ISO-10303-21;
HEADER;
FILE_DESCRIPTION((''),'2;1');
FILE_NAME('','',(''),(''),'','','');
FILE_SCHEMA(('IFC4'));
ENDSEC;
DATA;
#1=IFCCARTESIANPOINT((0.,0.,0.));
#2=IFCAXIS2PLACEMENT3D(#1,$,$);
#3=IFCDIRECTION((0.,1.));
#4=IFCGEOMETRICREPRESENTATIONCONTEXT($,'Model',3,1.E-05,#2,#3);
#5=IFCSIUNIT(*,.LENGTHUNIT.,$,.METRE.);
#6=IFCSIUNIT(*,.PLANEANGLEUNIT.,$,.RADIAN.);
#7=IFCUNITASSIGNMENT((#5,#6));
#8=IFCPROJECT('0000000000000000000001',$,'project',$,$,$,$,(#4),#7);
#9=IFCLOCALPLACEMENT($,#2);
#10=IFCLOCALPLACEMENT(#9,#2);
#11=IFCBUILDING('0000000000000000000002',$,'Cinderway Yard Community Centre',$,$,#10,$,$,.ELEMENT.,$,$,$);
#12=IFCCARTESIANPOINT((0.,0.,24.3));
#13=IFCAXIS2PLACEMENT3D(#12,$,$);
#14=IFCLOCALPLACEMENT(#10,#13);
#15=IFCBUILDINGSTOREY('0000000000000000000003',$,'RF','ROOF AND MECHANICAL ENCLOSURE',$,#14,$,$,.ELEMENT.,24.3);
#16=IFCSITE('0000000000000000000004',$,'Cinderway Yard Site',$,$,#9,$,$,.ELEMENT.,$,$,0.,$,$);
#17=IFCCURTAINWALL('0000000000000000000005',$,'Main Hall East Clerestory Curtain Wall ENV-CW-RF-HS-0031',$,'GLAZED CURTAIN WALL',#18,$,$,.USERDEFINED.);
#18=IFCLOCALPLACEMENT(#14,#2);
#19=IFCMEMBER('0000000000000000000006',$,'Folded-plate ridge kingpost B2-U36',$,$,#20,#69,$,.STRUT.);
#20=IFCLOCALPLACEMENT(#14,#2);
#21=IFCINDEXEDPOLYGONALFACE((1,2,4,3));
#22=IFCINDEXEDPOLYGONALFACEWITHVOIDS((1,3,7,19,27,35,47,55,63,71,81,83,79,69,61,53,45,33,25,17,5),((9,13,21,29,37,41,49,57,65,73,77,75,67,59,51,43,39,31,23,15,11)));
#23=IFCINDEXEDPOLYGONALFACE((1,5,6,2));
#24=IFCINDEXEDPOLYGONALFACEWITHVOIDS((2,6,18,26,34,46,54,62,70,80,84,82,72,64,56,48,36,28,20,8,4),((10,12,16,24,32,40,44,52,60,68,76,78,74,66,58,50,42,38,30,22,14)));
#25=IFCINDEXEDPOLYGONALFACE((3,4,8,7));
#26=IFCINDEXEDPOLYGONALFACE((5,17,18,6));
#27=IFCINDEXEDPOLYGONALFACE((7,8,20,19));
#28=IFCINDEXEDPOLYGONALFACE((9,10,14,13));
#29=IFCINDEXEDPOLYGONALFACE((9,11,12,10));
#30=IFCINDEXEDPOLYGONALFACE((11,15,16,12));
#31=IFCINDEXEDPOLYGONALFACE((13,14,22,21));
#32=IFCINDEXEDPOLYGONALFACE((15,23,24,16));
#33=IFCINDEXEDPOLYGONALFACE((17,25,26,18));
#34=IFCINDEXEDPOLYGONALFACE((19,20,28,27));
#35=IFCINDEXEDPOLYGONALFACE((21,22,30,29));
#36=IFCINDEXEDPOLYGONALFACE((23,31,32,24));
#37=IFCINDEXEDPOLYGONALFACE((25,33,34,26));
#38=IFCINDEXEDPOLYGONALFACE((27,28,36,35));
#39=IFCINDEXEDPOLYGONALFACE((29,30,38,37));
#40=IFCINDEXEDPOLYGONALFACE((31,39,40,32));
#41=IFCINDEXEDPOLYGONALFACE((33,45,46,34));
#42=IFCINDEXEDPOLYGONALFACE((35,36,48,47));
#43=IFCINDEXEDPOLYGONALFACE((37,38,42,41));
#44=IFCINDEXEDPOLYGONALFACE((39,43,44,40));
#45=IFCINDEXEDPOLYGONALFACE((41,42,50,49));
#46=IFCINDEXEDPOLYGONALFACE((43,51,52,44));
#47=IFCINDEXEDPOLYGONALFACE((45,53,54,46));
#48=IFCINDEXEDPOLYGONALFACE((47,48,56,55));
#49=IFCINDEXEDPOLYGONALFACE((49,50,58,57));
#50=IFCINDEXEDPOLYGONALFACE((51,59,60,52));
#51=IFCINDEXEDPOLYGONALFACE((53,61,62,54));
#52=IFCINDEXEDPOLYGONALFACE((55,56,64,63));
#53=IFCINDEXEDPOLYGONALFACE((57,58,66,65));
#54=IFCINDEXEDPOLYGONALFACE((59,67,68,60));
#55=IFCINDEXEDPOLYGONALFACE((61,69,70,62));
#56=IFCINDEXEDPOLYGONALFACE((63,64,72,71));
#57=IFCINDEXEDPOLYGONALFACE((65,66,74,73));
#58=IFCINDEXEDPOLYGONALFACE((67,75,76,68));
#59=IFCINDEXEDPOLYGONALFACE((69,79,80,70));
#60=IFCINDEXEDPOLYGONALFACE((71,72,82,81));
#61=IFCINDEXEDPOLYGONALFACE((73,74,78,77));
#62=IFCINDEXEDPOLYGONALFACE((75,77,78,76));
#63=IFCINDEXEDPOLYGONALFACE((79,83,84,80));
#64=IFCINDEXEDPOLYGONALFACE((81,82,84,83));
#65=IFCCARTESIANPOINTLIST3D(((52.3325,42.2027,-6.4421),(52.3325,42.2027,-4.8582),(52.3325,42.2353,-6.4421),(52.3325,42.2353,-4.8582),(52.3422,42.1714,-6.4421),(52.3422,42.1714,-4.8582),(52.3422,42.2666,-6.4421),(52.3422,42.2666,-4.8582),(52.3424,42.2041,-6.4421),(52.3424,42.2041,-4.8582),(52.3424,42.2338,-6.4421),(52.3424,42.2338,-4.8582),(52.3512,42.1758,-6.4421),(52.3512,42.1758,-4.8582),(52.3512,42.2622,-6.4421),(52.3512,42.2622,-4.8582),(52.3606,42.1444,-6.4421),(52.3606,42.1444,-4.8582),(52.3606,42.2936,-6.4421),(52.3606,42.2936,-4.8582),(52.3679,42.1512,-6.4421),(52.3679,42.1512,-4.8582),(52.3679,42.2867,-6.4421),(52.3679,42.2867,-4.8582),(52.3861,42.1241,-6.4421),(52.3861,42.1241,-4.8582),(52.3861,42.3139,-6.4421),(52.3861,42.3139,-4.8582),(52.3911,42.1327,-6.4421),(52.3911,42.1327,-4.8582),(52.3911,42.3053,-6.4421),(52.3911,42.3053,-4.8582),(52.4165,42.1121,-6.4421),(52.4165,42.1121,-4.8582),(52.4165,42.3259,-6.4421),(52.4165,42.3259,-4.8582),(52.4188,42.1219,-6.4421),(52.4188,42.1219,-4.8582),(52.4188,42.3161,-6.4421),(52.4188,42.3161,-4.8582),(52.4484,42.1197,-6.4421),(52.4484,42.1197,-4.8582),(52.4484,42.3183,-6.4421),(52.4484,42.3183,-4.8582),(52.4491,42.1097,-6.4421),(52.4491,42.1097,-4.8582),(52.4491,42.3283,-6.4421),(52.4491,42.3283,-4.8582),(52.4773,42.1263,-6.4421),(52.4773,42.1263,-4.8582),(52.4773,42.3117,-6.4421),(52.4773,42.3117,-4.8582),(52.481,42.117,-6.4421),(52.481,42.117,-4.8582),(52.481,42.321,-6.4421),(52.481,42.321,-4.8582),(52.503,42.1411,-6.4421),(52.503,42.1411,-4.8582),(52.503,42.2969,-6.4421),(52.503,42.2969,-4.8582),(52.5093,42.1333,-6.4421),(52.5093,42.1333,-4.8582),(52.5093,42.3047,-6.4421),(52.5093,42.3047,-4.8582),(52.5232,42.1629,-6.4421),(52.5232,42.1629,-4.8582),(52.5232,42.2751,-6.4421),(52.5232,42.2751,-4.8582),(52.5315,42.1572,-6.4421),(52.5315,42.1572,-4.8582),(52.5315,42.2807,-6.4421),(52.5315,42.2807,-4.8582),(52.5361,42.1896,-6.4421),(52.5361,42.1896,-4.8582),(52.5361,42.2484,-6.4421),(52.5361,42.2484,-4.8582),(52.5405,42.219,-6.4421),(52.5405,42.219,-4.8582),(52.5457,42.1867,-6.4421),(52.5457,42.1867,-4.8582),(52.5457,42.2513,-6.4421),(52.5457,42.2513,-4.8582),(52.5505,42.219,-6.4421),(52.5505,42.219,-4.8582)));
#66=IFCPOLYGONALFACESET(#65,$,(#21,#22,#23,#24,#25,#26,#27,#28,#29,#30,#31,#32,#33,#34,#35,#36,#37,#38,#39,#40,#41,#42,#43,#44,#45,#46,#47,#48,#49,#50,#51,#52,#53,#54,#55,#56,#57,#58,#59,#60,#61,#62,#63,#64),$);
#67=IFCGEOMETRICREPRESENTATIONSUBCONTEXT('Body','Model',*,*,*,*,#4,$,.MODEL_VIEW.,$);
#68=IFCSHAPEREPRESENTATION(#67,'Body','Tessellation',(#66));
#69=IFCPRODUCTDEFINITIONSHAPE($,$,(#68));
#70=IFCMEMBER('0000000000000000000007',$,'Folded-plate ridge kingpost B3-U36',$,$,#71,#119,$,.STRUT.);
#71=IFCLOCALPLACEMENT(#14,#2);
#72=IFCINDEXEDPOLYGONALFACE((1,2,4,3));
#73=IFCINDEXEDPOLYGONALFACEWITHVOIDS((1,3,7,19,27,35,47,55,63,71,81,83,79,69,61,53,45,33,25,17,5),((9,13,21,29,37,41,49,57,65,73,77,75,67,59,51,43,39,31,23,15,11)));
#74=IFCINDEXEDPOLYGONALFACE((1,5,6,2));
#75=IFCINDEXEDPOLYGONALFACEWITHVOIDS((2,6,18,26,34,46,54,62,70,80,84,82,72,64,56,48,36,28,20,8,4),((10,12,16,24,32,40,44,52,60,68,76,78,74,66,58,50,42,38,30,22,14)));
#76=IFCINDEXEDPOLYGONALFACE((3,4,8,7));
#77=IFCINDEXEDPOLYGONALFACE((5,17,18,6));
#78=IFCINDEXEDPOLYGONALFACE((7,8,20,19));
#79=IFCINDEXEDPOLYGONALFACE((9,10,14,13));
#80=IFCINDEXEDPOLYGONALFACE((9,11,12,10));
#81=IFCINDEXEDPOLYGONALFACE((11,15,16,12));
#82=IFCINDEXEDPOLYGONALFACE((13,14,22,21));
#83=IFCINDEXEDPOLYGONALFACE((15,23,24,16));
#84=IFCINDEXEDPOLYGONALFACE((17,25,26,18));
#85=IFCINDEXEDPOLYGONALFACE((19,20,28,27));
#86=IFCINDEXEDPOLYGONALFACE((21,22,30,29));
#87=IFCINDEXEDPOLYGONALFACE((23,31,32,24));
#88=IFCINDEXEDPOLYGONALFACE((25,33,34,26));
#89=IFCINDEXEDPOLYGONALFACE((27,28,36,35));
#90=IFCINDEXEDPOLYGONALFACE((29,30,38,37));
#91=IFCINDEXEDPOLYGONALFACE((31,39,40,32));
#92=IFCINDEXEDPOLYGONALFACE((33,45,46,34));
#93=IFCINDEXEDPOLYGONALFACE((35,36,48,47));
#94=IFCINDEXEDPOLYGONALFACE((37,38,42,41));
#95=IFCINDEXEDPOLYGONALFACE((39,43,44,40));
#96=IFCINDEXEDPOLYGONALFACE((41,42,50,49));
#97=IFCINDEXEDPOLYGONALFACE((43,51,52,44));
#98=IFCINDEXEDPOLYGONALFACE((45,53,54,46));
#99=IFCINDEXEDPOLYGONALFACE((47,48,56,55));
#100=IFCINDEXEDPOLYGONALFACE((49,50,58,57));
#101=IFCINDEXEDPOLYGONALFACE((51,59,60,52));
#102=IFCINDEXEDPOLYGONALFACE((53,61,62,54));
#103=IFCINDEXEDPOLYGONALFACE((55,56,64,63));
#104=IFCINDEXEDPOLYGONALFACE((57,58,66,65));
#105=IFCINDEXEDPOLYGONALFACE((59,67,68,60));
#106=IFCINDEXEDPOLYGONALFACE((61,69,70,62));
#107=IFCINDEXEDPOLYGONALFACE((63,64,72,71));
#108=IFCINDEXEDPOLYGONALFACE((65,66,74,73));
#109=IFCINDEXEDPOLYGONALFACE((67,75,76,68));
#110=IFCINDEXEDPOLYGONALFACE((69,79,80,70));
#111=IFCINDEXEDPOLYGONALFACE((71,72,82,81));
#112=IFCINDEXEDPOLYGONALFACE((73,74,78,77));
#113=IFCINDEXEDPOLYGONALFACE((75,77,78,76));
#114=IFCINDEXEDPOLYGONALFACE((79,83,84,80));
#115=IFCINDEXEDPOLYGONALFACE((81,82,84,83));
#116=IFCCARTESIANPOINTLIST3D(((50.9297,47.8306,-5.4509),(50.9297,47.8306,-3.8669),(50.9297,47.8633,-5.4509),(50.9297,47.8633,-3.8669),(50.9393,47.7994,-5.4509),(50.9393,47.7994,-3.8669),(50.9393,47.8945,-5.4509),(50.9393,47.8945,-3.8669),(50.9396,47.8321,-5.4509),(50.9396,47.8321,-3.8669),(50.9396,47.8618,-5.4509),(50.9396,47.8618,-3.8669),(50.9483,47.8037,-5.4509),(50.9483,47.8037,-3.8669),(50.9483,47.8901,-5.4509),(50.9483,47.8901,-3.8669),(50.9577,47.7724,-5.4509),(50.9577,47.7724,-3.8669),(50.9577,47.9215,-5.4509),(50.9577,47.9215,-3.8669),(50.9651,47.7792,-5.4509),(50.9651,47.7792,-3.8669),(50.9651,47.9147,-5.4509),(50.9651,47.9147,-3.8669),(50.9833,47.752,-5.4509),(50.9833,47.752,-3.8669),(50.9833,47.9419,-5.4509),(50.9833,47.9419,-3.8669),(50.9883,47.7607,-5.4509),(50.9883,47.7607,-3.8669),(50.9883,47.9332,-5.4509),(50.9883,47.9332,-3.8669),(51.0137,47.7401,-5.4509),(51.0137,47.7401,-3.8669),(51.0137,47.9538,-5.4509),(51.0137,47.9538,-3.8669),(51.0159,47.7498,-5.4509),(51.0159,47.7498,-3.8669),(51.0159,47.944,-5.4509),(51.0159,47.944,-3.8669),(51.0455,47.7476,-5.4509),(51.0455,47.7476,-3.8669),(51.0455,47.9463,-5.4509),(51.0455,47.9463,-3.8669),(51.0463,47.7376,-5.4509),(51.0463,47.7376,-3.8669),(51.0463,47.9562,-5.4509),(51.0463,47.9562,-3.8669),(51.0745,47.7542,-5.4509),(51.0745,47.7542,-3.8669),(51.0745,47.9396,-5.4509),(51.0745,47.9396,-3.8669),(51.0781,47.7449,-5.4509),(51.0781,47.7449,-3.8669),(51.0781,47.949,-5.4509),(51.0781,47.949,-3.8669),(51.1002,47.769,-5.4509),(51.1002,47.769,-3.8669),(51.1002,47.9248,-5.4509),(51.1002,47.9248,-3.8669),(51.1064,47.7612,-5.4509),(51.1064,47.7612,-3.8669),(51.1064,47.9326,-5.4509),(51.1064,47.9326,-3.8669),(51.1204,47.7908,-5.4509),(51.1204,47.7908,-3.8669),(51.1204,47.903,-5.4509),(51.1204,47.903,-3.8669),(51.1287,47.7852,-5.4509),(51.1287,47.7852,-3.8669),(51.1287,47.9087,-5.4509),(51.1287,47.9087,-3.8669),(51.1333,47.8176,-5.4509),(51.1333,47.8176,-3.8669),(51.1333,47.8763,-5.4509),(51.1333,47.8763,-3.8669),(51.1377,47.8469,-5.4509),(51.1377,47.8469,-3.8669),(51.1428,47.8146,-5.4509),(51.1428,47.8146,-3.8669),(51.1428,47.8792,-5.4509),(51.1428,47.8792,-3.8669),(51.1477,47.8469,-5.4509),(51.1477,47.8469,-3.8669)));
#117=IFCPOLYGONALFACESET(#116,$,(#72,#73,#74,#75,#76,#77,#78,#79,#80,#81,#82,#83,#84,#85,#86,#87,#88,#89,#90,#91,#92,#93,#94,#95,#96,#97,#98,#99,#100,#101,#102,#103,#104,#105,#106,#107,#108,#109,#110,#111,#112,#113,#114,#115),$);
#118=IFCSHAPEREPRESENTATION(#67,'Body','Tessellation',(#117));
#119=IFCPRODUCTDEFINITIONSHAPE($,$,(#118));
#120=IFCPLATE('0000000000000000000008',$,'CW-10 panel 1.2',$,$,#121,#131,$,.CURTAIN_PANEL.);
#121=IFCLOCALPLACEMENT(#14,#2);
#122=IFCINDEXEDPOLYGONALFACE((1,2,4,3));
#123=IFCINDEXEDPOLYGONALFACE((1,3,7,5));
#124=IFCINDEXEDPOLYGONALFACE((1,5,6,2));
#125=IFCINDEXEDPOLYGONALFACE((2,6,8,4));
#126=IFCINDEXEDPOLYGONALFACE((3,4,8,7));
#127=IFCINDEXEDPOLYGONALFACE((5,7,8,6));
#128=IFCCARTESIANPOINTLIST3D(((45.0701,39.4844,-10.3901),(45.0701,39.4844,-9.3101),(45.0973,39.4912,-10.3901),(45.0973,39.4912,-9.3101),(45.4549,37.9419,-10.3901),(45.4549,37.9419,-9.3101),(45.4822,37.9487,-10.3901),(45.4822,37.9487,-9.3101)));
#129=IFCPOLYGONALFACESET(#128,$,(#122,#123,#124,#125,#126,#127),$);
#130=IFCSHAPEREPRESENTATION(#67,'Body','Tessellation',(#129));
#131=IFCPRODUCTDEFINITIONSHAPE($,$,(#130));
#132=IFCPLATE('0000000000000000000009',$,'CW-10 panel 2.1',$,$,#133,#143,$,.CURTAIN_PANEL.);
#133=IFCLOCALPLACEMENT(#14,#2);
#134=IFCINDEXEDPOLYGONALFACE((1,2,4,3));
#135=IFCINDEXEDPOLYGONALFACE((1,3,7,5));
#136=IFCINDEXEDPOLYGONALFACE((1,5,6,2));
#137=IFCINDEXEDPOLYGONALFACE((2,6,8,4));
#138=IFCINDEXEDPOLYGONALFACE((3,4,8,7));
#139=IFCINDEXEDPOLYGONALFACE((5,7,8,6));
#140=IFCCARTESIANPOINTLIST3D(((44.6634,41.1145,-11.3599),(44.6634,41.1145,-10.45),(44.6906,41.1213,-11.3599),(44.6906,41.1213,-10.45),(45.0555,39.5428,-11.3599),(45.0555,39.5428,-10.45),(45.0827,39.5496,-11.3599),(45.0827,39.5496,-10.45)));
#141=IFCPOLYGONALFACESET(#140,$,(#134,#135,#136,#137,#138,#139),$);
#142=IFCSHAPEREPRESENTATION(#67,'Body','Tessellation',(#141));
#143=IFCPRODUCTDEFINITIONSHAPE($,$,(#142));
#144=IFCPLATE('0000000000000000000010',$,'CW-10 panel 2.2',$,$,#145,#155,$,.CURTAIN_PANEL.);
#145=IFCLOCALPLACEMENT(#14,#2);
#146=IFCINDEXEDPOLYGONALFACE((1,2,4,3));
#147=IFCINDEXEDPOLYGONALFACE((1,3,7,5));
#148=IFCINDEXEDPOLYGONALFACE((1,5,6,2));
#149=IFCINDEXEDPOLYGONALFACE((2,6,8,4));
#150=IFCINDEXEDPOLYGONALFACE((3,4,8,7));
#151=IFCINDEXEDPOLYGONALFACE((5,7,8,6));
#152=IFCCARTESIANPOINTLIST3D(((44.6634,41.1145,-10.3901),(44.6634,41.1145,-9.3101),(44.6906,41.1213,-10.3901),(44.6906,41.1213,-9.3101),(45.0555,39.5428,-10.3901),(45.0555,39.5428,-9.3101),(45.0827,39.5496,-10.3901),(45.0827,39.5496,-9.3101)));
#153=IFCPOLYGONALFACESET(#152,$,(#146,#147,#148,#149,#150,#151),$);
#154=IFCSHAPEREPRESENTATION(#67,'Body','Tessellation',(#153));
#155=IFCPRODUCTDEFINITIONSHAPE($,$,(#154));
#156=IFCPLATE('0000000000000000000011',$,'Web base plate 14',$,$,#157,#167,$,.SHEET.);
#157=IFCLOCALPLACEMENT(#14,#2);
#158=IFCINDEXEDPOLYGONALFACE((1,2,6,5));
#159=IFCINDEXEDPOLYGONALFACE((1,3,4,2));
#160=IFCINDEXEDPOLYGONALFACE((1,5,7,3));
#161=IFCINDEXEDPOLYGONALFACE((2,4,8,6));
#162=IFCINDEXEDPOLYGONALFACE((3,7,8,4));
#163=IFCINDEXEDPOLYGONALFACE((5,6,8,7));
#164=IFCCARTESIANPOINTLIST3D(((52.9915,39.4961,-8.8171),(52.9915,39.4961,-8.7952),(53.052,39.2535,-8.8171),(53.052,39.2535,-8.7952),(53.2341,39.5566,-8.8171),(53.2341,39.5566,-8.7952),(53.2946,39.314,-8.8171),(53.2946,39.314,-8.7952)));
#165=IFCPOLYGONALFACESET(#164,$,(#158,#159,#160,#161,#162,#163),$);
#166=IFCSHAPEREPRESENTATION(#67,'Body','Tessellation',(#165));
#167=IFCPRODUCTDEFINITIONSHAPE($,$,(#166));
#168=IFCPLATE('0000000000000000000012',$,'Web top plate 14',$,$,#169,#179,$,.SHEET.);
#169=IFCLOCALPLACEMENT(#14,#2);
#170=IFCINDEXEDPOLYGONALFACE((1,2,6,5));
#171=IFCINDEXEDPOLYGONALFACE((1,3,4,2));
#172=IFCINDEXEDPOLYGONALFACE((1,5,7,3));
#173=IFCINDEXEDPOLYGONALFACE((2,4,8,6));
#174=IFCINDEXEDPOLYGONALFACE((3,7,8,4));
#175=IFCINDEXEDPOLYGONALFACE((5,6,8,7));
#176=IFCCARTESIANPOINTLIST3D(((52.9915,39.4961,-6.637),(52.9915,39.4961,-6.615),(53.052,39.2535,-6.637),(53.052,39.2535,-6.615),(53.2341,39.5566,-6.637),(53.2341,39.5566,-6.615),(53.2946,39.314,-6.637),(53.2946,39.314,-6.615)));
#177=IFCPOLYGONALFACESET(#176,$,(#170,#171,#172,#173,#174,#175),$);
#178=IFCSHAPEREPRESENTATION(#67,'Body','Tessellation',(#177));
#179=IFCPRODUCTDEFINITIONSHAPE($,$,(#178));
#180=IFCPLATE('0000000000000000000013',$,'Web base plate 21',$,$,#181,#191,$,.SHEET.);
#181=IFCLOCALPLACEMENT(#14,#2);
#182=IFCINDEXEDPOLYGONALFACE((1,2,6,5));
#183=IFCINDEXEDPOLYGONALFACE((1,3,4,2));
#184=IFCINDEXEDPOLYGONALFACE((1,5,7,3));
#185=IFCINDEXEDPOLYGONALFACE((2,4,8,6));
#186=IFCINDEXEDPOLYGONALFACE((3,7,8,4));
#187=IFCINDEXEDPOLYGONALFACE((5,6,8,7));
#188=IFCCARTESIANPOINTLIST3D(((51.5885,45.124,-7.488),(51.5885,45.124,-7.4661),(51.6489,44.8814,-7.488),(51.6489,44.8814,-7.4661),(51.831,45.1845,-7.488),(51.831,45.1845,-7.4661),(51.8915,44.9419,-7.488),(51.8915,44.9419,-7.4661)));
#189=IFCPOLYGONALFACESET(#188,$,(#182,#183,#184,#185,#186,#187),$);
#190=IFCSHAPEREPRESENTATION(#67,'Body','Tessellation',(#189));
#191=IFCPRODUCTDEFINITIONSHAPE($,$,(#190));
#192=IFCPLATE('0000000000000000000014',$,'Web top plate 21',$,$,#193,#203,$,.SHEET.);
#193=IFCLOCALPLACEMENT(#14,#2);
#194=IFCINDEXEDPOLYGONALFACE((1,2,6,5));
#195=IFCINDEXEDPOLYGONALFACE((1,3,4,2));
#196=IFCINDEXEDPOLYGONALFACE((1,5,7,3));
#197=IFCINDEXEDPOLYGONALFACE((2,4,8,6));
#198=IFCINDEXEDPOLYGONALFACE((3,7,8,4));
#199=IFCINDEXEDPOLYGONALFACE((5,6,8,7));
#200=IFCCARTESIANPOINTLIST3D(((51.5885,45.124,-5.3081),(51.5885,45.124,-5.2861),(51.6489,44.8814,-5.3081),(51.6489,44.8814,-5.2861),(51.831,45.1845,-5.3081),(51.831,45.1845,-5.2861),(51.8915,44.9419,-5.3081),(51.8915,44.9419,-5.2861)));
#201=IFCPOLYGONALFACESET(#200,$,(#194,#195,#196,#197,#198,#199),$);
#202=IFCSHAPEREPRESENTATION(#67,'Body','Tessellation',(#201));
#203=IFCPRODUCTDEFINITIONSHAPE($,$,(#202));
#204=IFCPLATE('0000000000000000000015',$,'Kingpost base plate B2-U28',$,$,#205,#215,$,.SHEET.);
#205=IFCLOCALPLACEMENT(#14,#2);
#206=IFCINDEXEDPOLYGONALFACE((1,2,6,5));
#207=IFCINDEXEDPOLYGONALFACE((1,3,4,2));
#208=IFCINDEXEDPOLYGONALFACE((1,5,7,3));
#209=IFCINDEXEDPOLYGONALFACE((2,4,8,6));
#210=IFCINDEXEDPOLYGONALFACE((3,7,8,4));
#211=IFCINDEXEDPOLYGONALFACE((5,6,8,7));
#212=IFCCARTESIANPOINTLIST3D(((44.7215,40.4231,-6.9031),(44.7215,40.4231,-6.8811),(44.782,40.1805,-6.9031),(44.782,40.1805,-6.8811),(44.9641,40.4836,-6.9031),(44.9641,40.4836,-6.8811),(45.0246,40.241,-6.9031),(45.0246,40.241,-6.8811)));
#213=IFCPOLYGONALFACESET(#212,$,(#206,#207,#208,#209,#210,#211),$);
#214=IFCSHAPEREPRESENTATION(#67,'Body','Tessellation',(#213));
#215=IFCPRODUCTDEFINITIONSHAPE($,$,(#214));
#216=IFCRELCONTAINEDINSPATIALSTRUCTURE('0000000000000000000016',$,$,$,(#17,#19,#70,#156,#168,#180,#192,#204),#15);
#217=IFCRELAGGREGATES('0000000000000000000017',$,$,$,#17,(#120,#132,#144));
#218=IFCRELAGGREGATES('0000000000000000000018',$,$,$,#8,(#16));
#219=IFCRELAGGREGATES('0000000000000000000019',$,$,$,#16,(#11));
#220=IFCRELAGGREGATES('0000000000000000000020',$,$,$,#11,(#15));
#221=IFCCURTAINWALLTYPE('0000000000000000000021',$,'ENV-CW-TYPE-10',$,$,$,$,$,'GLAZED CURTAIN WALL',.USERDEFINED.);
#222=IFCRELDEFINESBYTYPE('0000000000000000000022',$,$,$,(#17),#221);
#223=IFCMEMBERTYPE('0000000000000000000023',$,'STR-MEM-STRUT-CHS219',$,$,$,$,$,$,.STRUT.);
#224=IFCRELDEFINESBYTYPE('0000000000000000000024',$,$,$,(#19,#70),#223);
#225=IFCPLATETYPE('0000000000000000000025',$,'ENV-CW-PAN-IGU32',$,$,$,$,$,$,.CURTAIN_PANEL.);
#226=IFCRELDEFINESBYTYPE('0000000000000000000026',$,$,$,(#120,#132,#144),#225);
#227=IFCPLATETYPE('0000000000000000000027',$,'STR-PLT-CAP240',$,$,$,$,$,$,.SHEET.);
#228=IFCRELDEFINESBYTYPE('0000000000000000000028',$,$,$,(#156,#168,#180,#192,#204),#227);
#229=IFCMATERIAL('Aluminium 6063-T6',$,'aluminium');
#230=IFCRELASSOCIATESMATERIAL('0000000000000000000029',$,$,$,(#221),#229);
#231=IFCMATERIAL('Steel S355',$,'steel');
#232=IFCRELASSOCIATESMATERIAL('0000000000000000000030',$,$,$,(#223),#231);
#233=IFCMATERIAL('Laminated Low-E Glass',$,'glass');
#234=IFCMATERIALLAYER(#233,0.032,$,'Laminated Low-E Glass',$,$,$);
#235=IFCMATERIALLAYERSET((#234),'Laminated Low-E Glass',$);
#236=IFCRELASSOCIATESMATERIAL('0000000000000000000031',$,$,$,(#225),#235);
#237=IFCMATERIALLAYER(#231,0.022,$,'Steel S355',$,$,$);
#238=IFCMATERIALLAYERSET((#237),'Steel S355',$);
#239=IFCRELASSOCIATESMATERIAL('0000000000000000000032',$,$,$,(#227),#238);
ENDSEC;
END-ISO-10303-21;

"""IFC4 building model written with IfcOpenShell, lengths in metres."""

from ifc_helpers import new_model, si_unit, direction, frame, origin, origin_2d, place, context, subcontext, project, spatial, rectangle, hollow_circle, extrude, material, layer, layer_set, material_profile, profile_set, type_object, element, aggregate, save


model = new_model("IFC4")

# Units and contexts
model_context = context("Model", 3, precision=1e-05, world=origin(), true_north=direction((0.0, 1.0)))
body_context = subcontext(model_context, "Body", "Model", "MODEL_VIEW")
ifc_project = project(units=[si_unit("LENGTHUNIT", "METRE"), si_unit("PLANEANGLEUNIT", "RADIAN")], contexts=[model_context])

# Site, building, storey
site_placement = place(None, origin())
site = spatial("IfcSite", under=ifc_project, at=site_placement, Name="Cinderway Yard Site", CompositionType="ELEMENT", RefElevation=0.0)
building_placement = place(site_placement, origin())
building = spatial("IfcBuilding", under=site, at=building_placement, Name="Cinderway Yard Community Centre", CompositionType="ELEMENT")
storey_placement = place(building_placement, frame((0.0, 0.0, 24.3)))
storey = spatial("IfcBuildingStorey", under=building, at=storey_placement, Name="RF", Description="ROOF AND MECHANICAL ENCLOSURE", CompositionType="ELEMENT", Elevation=24.3)

# Curtain wall
ifc_material_1 = material(Name="Aluminium 6063-T6", Category="aluminium")
curtain_wall_type = type_object("IfcCurtainWallType", Name="ENV-CW-TYPE-10", ElementType="GLAZED CURTAIN WALL", PredefinedType="USERDEFINED", material=ifc_material_1)
curtain_wall_placement = place(storey_placement, origin())
curtain_wall = element("IfcCurtainWall", 1, at=curtain_wall_placement, inside=storey, type_object=curtain_wall_type, Name="Main Hall East Clerestory Curtain Wall ENV-CW-RF-HS-0031", ObjectType="GLAZED CURTAIN WALL", PredefinedType="USERDEFINED")

# Shared definitions
ifc_material_2 = material(Name="Steel S355", Category="steel")

# Members
ifc_material_profile_1 = material_profile(ifc_material_2, hollow_circle(Radius=0.1096, WallThickness=0.01, at=origin_2d()), Name="Steel S355")
ifc_profile_set_1 = profile_set([ifc_material_profile_1], Name="Steel S355")
member_type_1 = type_object("IfcMemberType", Name="STR-MEM-STRUT-CHS219", PredefinedType="STRUT", material=ifc_profile_set_1)
for number, where, z_axis, x_axis, name in (
    (2, (52.4409, 42.219, -6.4421), (0.0, 0.0, 1.0), (1.0, 0.0, 0.0), "Folded-plate ridge kingpost B2-U36"),
    (3, (51.0381, 47.8469, -5.4509), (0.0, 0.0, 1.0), (1.0, 0.0, 0.0), "Folded-plate ridge kingpost B3-U36"),
):
    element("IfcMember", number, at=place(storey_placement, frame(where, z_axis=z_axis, x_axis=x_axis)), inside=storey, type_object=member_type_1, Name=name, PredefinedType="STRUT", context=body_context, shape_type="SweptSolid", body=[
        extrude(hollow_circle(Radius=0.1096, WallThickness=0.01, at=origin_2d()), origin(), (0.0, 0.0, 1.0), 1.584),
    ])

# Plates
ifc_material_3 = material(Name="Laminated Low-E Glass", Category="glass")
ifc_layer_1 = layer(ifc_material_3, 0.032, Name="Laminated Low-E Glass")
ifc_layer_set_1 = layer_set([ifc_layer_1], Name="Laminated Low-E Glass")
plate_type_1 = type_object("IfcPlateType", Name="ENV-CW-PAN-IGU32", PredefinedType="CURTAIN_PANEL", material=ifc_layer_set_1)
plate_1_placement = place(storey_placement, frame((45.2761, 38.7166, -10.3901), z_axis=(0.0, 0.0, 1.0), x_axis=(-0.242069, 0.970259, 0.0)))
plate_1 = element("IfcPlate", 4, at=plate_1_placement, type_object=plate_type_1, Name="CW-10 panel 1.2", PredefinedType="CURTAIN_PANEL", context=body_context, shape_type="SweptSolid", body=[
    extrude(rectangle(XDim=1.5898, YDim=0.0281, at=origin_2d()), origin(), (0.0, 0.0, 1.0), 1.0801),
])
plate_2_placement = place(storey_placement, frame((44.873, 40.332, -11.3599), z_axis=(0.0, 0.0, 1.0), x_axis=(-0.242069, 0.970259, 0.0)))
plate_2 = element("IfcPlate", 5, at=plate_2_placement, type_object=plate_type_1, Name="CW-10 panel 2.1", PredefinedType="CURTAIN_PANEL", context=body_context, shape_type="SweptSolid", body=[
    extrude(rectangle(XDim=1.6199, YDim=0.0281, at=origin_2d()), origin(), (0.0, 0.0, 1.0), 0.9099),
])
plate_3_placement = place(storey_placement, frame((44.873, 40.332, -10.3901), z_axis=(0.0, 0.0, 1.0), x_axis=(-0.242069, 0.970259, 0.0)))
plate_3 = element("IfcPlate", 6, at=plate_3_placement, type_object=plate_type_1, Name="CW-10 panel 2.2", PredefinedType="CURTAIN_PANEL", context=body_context, shape_type="SweptSolid", body=[
    extrude(rectangle(XDim=1.6199, YDim=0.0281, at=origin_2d()), origin(), (0.0, 0.0, 1.0), 1.0801),
])
aggregate(curtain_wall, [plate_1, plate_2, plate_3])

# Plates
ifc_layer_2 = layer(ifc_material_2, 0.022, Name="Steel S355")
ifc_layer_set_2 = layer_set([ifc_layer_2], Name="Steel S355")
plate_type_2 = type_object("IfcPlateType", Name="STR-PLT-CAP240", PredefinedType="SHEET", material=ifc_layer_set_2)
for number, where, z_axis, x_axis, name in (
    (7, (53.1431, 39.405, -8.8171), (0.0, 0.0, 1.0), (0.970296, 0.241922, 0.0), "Web base plate 14"),
    (8, (53.1431, 39.405, -6.637), (0.0, 0.0, 1.0), (0.970296, 0.241922, 0.0), "Web top plate 14"),
    (9, (51.74, 45.033, -7.488), (0.0, 0.0, 1.0), (0.970296, 0.241922, 0.0), "Web base plate 21"),
    (10, (51.74, 45.033, -5.3081), (0.0, 0.0, 1.0), (0.970296, 0.241922, 0.0), "Web top plate 21"),
    (11, (44.873, 40.332, -6.9031), (0.0, 0.0, 1.0), (0.970296, 0.241922, 0.0), "Kingpost base plate B2-U28"),
):
    element("IfcPlate", number, at=place(storey_placement, frame(where, z_axis=z_axis, x_axis=x_axis)), inside=storey, type_object=plate_type_2, Name=name, PredefinedType="SHEET", context=body_context, shape_type="SweptSolid", body=[
        extrude(rectangle(XDim=0.25, YDim=0.25, at=origin_2d()), origin(), (0.0, 0.0, 1.0), 0.022),
    ])

save(model, "model.ifc")
